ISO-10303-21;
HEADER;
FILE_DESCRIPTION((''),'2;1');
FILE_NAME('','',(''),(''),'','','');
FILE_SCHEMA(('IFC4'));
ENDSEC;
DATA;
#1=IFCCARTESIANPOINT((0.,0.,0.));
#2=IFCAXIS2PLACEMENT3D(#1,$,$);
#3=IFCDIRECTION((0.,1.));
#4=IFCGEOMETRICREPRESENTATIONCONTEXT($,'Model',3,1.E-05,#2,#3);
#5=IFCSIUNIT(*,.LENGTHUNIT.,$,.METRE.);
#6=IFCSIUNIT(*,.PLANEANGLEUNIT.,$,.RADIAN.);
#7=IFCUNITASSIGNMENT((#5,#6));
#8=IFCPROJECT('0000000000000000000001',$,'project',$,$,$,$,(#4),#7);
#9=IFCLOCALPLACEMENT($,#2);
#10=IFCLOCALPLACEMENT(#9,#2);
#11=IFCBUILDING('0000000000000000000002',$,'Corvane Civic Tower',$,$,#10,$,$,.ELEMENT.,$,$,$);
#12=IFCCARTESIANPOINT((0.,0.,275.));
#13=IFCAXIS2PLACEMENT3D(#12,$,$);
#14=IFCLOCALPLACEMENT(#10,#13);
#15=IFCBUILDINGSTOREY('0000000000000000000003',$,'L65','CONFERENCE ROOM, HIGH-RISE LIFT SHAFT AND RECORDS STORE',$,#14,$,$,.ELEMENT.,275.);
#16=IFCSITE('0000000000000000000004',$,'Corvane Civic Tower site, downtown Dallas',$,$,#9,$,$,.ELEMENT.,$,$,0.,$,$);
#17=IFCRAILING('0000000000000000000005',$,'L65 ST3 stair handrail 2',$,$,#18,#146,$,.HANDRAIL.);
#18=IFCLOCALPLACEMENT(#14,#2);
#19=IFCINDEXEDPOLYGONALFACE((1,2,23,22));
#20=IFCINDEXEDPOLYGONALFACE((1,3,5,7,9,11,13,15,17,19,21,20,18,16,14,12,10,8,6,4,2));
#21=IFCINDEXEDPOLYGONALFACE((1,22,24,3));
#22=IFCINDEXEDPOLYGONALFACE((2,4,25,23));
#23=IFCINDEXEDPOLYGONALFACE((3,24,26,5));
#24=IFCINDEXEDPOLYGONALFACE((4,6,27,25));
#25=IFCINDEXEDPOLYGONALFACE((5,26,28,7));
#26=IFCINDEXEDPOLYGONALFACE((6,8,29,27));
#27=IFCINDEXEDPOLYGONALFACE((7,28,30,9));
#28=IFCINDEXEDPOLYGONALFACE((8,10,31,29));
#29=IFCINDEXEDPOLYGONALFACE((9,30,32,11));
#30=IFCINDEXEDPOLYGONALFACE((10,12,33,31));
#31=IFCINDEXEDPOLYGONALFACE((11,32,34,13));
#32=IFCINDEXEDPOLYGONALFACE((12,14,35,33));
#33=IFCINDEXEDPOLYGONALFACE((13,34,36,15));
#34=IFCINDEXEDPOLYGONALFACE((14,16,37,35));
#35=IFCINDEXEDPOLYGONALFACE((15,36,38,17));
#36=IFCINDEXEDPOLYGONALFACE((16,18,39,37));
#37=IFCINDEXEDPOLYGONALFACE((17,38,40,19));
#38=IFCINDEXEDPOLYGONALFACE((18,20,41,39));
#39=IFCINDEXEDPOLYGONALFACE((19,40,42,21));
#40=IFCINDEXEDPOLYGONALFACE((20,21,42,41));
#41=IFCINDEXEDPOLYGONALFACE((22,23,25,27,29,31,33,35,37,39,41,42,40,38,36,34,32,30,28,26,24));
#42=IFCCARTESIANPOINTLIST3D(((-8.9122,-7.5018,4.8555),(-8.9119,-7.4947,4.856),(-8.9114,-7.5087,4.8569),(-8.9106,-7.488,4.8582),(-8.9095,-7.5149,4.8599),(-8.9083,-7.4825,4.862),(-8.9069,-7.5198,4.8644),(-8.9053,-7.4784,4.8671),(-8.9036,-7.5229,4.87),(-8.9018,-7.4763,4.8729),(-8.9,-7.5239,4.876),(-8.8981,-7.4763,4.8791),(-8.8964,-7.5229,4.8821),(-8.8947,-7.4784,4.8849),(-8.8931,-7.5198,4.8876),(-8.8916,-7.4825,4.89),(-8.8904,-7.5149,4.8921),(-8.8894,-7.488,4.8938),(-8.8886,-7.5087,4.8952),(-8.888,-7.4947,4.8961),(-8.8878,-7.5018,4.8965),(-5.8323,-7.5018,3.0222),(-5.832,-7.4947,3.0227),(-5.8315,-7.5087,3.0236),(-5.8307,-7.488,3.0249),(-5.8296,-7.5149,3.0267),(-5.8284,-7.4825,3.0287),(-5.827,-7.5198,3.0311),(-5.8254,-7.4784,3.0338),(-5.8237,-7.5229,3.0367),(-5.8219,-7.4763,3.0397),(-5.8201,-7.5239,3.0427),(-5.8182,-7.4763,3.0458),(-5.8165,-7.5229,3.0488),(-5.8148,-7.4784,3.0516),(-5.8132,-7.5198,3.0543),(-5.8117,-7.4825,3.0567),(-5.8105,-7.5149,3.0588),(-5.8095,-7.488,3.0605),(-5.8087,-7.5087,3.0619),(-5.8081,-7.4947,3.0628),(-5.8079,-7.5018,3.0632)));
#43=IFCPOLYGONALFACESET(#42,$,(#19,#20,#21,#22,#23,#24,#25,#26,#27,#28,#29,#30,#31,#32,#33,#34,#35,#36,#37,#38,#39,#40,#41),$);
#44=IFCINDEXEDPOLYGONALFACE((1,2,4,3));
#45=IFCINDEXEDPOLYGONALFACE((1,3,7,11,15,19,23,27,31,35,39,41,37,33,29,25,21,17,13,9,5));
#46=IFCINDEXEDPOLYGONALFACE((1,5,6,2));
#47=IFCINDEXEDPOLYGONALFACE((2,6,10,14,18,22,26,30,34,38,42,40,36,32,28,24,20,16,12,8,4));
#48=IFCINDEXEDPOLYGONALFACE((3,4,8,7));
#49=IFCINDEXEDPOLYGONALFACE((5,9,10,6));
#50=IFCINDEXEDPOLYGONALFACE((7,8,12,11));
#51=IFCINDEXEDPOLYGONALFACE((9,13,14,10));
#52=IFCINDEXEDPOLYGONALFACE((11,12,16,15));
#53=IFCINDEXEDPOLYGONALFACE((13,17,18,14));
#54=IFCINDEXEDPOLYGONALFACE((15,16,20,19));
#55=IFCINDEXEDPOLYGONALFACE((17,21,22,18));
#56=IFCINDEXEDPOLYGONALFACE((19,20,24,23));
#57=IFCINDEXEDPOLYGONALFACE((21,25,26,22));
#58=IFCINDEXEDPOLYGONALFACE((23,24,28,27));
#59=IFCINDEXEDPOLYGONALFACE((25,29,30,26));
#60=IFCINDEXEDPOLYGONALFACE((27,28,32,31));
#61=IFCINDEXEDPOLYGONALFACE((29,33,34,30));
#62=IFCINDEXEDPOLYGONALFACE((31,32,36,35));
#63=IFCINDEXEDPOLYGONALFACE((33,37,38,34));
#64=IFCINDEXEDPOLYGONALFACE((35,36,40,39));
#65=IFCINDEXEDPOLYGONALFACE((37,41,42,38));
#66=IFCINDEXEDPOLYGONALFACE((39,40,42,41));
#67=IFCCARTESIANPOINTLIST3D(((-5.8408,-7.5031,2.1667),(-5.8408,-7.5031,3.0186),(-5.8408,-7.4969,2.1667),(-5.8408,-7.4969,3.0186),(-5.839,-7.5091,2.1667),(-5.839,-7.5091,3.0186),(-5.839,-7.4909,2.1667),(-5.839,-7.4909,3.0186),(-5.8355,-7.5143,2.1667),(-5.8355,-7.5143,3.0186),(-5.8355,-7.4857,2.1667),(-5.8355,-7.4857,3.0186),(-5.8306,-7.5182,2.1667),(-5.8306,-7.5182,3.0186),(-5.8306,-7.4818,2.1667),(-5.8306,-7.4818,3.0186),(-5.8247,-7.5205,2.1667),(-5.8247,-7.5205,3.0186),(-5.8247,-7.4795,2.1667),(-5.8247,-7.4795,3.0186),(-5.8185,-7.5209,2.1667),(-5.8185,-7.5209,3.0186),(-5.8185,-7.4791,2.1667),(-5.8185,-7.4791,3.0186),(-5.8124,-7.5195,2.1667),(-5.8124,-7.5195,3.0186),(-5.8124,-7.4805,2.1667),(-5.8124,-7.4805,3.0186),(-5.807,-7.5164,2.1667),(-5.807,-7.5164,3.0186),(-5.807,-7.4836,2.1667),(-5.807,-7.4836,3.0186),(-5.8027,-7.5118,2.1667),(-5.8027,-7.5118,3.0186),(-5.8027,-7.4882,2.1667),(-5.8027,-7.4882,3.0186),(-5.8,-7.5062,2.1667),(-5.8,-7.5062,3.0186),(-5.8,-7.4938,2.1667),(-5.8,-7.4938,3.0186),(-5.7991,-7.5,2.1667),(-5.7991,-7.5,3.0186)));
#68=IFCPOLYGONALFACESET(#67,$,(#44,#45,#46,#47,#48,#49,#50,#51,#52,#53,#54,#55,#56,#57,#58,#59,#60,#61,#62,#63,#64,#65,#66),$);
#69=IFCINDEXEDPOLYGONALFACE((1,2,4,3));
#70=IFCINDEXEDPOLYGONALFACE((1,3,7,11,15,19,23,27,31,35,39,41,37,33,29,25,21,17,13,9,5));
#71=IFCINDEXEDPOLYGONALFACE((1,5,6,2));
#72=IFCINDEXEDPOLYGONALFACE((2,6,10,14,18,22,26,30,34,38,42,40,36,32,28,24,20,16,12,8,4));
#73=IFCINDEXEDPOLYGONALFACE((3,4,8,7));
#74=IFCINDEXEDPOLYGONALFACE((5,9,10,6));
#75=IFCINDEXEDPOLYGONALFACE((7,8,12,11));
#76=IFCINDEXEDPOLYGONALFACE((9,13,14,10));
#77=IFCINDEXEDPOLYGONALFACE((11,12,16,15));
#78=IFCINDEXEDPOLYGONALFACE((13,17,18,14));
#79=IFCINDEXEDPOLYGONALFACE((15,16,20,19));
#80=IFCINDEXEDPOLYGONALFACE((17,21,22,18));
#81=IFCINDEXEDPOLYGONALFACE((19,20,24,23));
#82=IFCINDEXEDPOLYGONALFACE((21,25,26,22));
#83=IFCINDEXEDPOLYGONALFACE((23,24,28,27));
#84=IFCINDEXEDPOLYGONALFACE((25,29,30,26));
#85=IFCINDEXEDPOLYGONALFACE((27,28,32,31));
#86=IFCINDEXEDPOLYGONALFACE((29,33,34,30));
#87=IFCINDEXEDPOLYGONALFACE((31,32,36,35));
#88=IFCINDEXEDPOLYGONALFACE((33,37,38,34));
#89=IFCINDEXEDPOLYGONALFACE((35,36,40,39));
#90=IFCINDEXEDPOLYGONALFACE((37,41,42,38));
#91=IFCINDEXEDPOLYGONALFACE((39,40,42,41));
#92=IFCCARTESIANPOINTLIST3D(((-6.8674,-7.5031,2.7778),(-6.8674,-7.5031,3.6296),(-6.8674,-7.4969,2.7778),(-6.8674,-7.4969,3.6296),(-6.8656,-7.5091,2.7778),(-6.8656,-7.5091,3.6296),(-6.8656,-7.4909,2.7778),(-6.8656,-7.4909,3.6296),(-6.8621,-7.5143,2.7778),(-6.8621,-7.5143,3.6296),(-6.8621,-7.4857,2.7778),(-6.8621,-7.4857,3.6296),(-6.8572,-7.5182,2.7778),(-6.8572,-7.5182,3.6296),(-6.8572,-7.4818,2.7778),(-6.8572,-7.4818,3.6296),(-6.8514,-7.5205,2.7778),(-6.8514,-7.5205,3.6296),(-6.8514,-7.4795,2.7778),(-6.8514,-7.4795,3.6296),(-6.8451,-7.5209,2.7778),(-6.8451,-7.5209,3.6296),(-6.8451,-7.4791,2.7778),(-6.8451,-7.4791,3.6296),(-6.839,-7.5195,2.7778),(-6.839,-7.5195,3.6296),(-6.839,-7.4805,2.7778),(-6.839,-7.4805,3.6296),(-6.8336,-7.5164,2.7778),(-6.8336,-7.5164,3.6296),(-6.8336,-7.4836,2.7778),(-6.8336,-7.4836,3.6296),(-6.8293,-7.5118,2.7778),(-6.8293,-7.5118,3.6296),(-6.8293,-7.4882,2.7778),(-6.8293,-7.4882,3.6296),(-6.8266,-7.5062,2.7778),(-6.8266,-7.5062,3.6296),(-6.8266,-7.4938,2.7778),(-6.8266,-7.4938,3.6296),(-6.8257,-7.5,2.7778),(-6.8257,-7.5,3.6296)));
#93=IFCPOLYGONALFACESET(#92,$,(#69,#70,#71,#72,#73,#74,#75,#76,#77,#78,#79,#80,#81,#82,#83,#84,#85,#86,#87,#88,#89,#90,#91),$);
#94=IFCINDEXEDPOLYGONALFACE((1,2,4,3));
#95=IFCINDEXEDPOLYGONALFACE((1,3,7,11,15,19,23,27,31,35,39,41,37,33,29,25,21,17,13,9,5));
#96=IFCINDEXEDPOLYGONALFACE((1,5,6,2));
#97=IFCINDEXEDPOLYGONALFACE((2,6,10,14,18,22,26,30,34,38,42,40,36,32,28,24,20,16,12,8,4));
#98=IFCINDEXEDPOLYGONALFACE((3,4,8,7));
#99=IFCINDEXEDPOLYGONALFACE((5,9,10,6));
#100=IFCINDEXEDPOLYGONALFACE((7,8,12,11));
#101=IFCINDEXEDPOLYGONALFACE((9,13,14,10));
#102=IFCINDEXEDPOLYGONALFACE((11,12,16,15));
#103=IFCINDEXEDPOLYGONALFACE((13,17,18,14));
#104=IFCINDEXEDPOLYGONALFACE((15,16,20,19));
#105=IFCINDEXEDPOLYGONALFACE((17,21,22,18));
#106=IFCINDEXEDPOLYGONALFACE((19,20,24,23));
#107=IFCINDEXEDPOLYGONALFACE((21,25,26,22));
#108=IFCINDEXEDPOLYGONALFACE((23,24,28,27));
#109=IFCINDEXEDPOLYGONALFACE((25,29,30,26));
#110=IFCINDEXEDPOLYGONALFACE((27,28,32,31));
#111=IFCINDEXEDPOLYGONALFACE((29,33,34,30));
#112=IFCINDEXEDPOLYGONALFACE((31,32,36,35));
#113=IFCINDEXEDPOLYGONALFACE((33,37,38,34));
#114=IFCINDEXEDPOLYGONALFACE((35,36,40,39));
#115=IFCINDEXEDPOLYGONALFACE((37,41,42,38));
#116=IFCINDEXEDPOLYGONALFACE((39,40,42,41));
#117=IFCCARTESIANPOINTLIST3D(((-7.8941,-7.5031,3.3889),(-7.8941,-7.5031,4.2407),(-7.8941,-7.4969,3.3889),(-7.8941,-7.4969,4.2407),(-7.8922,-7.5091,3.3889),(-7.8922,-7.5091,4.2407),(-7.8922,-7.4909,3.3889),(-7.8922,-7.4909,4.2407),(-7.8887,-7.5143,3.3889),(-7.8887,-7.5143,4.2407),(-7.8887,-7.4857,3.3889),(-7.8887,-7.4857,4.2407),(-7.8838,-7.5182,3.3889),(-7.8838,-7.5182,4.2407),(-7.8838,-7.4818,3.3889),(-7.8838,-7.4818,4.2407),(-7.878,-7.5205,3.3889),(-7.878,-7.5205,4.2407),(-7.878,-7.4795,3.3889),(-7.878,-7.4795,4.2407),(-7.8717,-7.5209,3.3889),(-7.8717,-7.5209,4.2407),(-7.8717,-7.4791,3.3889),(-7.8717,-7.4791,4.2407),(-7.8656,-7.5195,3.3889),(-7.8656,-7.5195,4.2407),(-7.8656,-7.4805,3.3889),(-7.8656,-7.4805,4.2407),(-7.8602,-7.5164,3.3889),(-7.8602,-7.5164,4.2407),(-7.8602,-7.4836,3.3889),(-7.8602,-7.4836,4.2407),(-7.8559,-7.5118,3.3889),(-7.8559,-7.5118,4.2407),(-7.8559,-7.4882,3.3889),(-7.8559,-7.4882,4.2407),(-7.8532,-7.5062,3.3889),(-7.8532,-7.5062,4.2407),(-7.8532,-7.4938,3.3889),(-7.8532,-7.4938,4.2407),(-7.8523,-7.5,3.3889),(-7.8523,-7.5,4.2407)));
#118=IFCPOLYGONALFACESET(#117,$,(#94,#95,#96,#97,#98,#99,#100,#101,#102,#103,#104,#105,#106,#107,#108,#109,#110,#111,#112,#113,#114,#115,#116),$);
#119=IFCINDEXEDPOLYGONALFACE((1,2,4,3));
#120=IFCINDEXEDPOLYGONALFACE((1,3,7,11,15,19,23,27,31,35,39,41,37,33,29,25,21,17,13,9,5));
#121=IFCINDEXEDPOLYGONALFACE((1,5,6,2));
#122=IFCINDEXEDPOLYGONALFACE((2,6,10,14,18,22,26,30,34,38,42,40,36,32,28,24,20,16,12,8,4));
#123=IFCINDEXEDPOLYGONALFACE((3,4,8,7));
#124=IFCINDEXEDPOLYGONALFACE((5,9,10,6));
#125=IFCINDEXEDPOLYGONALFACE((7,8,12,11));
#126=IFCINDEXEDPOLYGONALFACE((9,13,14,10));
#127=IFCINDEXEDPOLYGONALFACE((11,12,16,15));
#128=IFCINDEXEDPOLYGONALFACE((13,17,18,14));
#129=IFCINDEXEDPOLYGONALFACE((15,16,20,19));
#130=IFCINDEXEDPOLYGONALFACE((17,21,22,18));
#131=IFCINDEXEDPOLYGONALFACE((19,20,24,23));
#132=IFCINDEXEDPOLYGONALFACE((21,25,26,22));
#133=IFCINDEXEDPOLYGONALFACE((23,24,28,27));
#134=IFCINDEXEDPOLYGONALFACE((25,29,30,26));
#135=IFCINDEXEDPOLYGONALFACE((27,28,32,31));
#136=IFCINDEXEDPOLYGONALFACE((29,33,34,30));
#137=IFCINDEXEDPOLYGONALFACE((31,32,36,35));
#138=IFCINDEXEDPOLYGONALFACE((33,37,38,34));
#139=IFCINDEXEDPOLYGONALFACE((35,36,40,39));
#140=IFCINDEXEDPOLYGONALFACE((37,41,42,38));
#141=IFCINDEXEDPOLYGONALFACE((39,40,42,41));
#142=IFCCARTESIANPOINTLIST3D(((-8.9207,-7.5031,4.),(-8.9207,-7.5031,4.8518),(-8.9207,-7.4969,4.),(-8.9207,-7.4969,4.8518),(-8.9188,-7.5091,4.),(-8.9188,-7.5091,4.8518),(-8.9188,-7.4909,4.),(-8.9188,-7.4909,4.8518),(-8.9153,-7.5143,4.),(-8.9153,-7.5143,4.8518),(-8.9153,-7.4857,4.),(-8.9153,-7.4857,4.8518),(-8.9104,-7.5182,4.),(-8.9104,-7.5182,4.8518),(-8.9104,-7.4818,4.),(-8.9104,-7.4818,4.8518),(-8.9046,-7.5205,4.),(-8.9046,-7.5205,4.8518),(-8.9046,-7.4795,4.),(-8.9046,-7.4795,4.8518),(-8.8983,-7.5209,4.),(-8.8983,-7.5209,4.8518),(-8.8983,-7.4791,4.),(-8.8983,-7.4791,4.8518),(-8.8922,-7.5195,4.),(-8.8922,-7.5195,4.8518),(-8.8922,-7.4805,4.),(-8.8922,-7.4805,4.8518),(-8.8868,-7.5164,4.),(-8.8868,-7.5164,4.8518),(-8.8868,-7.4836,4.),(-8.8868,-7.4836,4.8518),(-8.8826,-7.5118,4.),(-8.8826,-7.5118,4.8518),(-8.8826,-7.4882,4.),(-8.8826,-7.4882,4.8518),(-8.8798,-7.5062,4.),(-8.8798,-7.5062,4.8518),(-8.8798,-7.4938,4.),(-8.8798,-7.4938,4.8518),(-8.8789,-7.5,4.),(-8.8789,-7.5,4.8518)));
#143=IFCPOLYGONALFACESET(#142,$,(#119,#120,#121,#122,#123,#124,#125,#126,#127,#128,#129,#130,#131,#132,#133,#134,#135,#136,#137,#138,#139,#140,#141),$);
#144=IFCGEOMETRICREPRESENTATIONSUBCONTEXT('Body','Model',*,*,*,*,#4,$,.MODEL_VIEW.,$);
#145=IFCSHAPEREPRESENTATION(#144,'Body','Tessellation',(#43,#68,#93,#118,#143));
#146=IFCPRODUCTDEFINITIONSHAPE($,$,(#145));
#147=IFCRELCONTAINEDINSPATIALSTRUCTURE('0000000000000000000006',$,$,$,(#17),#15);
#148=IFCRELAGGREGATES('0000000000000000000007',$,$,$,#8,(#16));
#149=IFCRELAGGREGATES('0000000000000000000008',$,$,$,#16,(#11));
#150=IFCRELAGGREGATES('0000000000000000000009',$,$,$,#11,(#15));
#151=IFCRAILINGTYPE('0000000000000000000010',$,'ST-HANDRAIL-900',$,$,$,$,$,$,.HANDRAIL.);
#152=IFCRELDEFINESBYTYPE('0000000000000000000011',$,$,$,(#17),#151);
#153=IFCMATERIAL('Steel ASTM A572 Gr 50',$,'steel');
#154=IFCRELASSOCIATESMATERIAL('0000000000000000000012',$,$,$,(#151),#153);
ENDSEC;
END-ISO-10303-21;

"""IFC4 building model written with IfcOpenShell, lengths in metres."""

from ifc_helpers import new_model, si_unit, direction, frame, origin, origin_2d, place, context, subcontext, project, spatial, circle, extrude, material, type_object, element, save


model = new_model("IFC4")

# Units and contexts
model_context = context("Model", 3, precision=1e-05, world=origin(), true_north=direction((0.0, 1.0)))
body_context = subcontext(model_context, "Body", "Model", "MODEL_VIEW")
ifc_project = project(units=[si_unit("LENGTHUNIT", "METRE"), si_unit("PLANEANGLEUNIT", "RADIAN")], contexts=[model_context])

# Site, building, storey
site_placement = place(None, origin())
site = spatial("IfcSite", under=ifc_project, at=site_placement, Name="Corvane Civic Tower site, downtown Dallas", CompositionType="ELEMENT", RefElevation=0.0)
building_placement = place(site_placement, origin())
building = spatial("IfcBuilding", under=site, at=building_placement, Name="Corvane Civic Tower", CompositionType="ELEMENT")
storey_placement = place(building_placement, frame((0.0, 0.0, 275.0)))
storey = spatial("IfcBuildingStorey", under=building, at=storey_placement, Name="L65", Description="CONFERENCE ROOM, HIGH-RISE LIFT SHAFT AND RECORDS STORE", CompositionType="ELEMENT", Elevation=275.0)

# Railing
ifc_material_1 = material(Name="Steel ASTM A572 Gr 50", Category="steel")
railing_type_1 = type_object("IfcRailingType", Name="ST-HANDRAIL-900", PredefinedType="HANDRAIL", material=ifc_material_1)
railing_1_placement = place(storey_placement, frame((-5.8201, -7.5, 2.1667)))
element("IfcRailing", 1, at=railing_1_placement, inside=storey, type_object=railing_type_1, Name="L65 ST3 stair handrail 2", PredefinedType="HANDRAIL", context=body_context, shape_type="SweptSolid", body=[
    extrude(circle(Radius=0.0239, at=origin_2d()), frame((0.0, 0.0, 0.876), z_axis=(-0.859291, 0.0, 0.511487), x_axis=(0.0, -1.0, 0.0)), (0.0, 0.0, 1.0), 3.5842),
    extrude(circle(Radius=0.021, at=origin_2d()), origin(), (0.0, 0.0, 1.0), 0.8518),
    extrude(circle(Radius=0.021, at=origin_2d()), frame((-1.0266, 0.0, 0.6111)), (0.0, 0.0, 1.0), 0.8518),
    extrude(circle(Radius=0.021, at=origin_2d()), frame((-2.0532, 0.0, 1.2222)), (0.0, 0.0, 1.0), 0.8518),
    extrude(circle(Radius=0.021, at=origin_2d()), frame((-3.0798, 0.0, 1.8333)), (0.0, 0.0, 1.0), 0.8518),
])

save(model, "model.ifc")
